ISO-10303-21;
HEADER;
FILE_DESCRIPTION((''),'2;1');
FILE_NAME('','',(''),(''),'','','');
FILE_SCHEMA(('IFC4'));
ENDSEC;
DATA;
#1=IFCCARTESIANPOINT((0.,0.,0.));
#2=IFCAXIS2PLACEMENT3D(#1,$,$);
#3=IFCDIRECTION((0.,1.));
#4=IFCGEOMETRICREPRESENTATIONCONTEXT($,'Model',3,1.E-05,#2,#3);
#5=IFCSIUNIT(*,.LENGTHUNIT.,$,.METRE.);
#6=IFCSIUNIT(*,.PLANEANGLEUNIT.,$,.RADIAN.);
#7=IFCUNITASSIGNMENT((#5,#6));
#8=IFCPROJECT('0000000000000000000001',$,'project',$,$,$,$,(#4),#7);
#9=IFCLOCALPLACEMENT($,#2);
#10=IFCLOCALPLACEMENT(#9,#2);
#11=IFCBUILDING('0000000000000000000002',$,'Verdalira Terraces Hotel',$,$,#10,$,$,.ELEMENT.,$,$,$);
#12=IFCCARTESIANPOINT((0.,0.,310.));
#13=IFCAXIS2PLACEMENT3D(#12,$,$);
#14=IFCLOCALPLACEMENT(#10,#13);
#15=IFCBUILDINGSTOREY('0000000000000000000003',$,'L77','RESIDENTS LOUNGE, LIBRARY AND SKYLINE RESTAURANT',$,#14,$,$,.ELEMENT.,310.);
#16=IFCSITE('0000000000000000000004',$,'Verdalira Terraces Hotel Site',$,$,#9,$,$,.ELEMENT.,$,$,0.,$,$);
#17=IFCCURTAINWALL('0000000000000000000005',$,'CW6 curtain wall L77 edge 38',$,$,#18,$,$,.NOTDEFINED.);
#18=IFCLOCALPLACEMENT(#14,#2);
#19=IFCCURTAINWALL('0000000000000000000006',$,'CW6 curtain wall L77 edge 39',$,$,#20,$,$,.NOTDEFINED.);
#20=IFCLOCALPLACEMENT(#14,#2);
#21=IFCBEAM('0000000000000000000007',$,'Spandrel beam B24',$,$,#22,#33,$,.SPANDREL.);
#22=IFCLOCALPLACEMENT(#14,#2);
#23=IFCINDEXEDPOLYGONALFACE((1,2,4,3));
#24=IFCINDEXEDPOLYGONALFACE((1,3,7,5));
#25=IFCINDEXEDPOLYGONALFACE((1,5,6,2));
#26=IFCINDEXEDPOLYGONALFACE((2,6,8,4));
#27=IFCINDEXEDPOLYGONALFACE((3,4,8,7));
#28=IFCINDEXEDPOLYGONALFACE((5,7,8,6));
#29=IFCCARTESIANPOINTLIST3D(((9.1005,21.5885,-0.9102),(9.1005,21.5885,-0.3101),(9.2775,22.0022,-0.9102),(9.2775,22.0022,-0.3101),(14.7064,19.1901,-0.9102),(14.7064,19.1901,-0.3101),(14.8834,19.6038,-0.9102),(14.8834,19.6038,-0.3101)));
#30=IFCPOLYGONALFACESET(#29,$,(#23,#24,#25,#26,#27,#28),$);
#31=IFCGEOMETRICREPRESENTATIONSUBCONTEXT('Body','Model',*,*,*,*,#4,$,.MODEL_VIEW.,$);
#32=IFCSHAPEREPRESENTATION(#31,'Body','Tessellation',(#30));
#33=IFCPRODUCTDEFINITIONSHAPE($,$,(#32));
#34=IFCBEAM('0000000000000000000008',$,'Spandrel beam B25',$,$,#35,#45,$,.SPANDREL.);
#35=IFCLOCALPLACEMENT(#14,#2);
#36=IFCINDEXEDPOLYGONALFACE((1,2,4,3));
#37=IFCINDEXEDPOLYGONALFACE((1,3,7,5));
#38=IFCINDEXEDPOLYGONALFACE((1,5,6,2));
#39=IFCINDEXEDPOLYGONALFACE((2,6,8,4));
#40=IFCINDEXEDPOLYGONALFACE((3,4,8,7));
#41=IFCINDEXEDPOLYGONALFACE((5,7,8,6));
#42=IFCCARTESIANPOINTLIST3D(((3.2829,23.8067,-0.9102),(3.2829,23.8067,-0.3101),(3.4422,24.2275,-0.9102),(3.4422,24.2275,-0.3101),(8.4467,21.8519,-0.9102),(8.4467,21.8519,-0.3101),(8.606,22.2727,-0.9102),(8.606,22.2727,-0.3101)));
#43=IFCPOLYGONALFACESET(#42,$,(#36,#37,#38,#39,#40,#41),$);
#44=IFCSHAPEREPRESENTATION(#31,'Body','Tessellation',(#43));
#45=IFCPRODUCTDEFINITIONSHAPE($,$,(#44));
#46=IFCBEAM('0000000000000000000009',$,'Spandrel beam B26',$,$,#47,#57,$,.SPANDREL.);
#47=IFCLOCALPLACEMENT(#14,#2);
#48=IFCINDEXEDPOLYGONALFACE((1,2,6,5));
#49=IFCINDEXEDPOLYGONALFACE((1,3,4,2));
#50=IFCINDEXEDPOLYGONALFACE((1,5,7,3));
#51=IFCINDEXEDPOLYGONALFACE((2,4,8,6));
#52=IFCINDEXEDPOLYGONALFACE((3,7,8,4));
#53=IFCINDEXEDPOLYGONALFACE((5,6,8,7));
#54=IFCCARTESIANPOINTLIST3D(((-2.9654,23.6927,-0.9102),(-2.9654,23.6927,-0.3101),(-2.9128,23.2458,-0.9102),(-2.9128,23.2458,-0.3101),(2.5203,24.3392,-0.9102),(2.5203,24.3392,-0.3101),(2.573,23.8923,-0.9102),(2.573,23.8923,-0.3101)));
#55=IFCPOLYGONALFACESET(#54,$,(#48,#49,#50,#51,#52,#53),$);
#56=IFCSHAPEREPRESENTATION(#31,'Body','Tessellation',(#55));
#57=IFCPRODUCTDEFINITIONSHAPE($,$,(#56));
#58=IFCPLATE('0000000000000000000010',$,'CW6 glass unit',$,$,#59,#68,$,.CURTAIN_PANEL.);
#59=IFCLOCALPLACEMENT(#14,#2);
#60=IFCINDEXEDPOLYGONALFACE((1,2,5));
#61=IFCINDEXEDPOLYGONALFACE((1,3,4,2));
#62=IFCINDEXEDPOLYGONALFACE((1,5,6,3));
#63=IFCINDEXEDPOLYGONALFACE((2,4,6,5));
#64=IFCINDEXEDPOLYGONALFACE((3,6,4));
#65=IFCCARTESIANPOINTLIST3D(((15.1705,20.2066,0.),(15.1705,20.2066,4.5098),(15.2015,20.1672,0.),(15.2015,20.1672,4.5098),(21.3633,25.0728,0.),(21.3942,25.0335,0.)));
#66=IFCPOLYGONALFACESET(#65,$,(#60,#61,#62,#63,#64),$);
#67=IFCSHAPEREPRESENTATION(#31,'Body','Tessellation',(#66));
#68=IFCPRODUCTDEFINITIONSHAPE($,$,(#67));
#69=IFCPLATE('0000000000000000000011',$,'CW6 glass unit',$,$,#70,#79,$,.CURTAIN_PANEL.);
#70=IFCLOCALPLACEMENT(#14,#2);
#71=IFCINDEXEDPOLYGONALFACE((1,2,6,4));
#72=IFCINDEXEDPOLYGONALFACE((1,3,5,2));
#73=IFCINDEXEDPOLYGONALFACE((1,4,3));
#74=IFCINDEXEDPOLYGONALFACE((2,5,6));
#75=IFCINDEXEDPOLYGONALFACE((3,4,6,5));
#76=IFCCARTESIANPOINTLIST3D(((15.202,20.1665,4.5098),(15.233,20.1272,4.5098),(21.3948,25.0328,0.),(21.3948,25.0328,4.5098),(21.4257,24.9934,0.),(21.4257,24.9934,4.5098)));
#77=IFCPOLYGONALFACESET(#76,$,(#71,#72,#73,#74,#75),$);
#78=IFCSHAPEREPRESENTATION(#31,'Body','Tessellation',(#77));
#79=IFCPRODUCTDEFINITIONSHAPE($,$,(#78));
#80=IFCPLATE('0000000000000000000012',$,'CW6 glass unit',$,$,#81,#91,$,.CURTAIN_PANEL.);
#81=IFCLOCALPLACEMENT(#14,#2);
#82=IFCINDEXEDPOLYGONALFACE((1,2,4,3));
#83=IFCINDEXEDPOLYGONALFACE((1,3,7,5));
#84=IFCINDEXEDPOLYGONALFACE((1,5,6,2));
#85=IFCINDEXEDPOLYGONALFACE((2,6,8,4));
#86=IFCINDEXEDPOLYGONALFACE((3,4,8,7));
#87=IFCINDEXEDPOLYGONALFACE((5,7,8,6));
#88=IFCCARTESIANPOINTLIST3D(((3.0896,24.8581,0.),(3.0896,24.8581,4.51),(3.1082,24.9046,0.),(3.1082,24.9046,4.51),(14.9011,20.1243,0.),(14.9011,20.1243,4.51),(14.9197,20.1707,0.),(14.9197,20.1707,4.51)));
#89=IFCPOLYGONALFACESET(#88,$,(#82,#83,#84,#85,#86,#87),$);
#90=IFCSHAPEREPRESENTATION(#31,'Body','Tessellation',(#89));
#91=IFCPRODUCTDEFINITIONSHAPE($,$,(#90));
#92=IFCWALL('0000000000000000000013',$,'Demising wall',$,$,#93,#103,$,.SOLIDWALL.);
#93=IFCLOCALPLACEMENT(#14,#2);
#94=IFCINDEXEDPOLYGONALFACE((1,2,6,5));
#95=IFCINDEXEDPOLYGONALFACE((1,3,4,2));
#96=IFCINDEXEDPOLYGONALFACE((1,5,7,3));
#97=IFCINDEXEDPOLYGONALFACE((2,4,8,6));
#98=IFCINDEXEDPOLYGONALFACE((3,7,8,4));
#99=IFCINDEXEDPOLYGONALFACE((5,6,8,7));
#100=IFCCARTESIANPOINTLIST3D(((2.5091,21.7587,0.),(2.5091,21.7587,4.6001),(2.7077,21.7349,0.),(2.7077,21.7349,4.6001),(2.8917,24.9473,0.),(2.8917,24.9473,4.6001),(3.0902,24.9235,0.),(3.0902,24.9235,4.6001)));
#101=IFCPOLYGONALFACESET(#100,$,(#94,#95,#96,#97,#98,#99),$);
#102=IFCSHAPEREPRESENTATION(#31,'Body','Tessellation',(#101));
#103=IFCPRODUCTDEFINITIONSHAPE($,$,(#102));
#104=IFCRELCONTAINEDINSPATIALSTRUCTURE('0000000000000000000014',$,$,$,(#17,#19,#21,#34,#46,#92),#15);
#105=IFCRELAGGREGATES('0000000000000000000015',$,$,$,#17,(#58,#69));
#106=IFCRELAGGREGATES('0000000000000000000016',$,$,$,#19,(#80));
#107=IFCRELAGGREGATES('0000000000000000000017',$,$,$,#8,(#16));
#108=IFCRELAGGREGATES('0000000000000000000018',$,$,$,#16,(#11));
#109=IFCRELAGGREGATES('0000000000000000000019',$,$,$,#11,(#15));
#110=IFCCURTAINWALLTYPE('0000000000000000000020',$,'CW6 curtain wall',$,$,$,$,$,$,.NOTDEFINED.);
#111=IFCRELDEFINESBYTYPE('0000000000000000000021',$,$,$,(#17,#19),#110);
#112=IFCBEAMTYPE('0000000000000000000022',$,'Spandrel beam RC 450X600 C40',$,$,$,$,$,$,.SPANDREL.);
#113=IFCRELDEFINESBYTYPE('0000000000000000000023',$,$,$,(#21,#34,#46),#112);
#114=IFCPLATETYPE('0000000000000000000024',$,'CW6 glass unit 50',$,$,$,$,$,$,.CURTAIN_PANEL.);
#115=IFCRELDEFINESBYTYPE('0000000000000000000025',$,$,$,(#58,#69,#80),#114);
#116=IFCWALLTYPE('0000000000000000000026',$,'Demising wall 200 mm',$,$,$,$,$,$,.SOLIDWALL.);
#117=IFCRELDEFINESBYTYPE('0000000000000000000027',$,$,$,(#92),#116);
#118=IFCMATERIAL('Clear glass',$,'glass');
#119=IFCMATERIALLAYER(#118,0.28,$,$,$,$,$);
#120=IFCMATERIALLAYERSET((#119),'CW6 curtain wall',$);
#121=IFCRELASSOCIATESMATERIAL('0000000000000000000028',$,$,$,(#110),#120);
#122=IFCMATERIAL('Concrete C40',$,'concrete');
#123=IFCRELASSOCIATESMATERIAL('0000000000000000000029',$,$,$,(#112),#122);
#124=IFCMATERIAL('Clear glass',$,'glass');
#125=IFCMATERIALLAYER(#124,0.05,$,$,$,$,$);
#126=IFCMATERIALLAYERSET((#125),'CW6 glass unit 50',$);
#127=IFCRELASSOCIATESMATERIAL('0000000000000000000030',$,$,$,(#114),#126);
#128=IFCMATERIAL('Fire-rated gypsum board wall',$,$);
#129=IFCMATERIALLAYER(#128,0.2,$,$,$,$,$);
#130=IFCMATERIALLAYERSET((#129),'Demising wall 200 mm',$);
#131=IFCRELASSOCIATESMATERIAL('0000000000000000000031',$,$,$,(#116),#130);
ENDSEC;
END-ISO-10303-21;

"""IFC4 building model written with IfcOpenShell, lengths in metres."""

from ifc_helpers import new_model, si_unit, direction, frame, frame_2d, origin, origin_2d, place, context, subcontext, project, spatial, polyline, rectangle, outline, extrude, material, layer, layer_set, material_profile, profile_set, type_object, element, aggregate, save


model = new_model("IFC4")

# Units and contexts
model_context = context("Model", 3, precision=1e-05, world=origin(), true_north=direction((0.0, 1.0)))
body_context = subcontext(model_context, "Body", "Model", "MODEL_VIEW")
ifc_project = project(units=[si_unit("LENGTHUNIT", "METRE"), si_unit("PLANEANGLEUNIT", "RADIAN")], contexts=[model_context])

# Site, building, storey
site_placement = place(None, origin())
site = spatial("IfcSite", under=ifc_project, at=site_placement, Name="Verdalira Terraces Hotel Site", CompositionType="ELEMENT", RefElevation=0.0)
building_placement = place(site_placement, origin())
building = spatial("IfcBuilding", under=site, at=building_placement, Name="Verdalira Terraces Hotel", CompositionType="ELEMENT")
storey_placement = place(building_placement, frame((0.0, 0.0, 310.0)))
storey = spatial("IfcBuildingStorey", under=building, at=storey_placement, Name="L77", Description="RESIDENTS LOUNGE, LIBRARY AND SKYLINE RESTAURANT", CompositionType="ELEMENT", Elevation=310.0)

# Curtain walls
ifc_material_1 = material(Name="Clear glass", Category="glass")
ifc_layer_1 = layer(ifc_material_1, 0.28)
ifc_layer_set_1 = layer_set([ifc_layer_1], Name="CW6 curtain wall")
curtain_wall_type = type_object("IfcCurtainWallType", Name="CW6 curtain wall", PredefinedType="NOTDEFINED", material=ifc_layer_set_1)
curtain_wall_1_placement = place(storey_placement, origin())
curtain_wall_1 = element("IfcCurtainWall", 1, at=curtain_wall_1_placement, inside=storey, type_object=curtain_wall_type, Name="CW6 curtain wall L77 edge 38", PredefinedType="NOTDEFINED")
curtain_wall_2_placement = place(storey_placement, origin())
curtain_wall_2 = element("IfcCurtainWall", 2, at=curtain_wall_2_placement, inside=storey, type_object=curtain_wall_type, Name="CW6 curtain wall L77 edge 39", PredefinedType="NOTDEFINED")

# Beams
ifc_material_2 = material(Name="Concrete C40", Category="concrete")
ifc_material_profile_1 = material_profile(ifc_material_2, rectangle(XDim=0.45, YDim=0.6001, at=origin_2d()), Name="RC 450X600")
ifc_profile_set_1 = profile_set([ifc_material_profile_1], Name="Concrete C40")
beam_type = type_object("IfcBeamType", Name="Spandrel beam RC 450X600 C40", PredefinedType="SPANDREL", material=ifc_profile_set_1)
beam_1_placement = place(storey_placement, frame((14.7949, 19.397, -0.6101), z_axis=(-0.919389, 0.393349, 0.0), x_axis=(-0.393349, -0.919389, 0.0)))
element("IfcBeam", 3, at=beam_1_placement, inside=storey, type_object=beam_type, Name="Spandrel beam B24", PredefinedType="SPANDREL", context=body_context, shape_type="SweptSolid", body=[
    extrude(rectangle(XDim=0.45, YDim=0.6001, at=origin_2d()), origin(), (0.0, 0.0, 1.0), 6.0974),
])
beam_2_placement = place(storey_placement, frame((8.5264, 22.0623, -0.6101), z_axis=(-0.935229, 0.354044, 0.0), x_axis=(-0.354044, -0.935229, 0.0)))
element("IfcBeam", 4, at=beam_2_placement, inside=storey, type_object=beam_type, Name="Spandrel beam B25", PredefinedType="SPANDREL", context=body_context, shape_type="SweptSolid", body=[
    extrude(rectangle(XDim=0.45, YDim=0.6001, at=origin_2d()), origin(), (0.0, 0.0, 1.0), 5.5215),
])
beam_3_placement = place(storey_placement, frame((2.5466, 24.1157, -0.6101), z_axis=(-0.993128, -0.117036, 0.0), x_axis=(0.117036, -0.993128, 0.0)))
element("IfcBeam", 5, at=beam_3_placement, inside=storey, type_object=beam_type, Name="Spandrel beam B26", PredefinedType="SPANDREL", context=body_context, shape_type="SweptSolid", body=[
    extrude(rectangle(XDim=0.45, YDim=0.6001, at=origin_2d()), origin(), (0.0, 0.0, 1.0), 5.5237),
])

# Plates
ifc_material_3 = material(Name="Clear glass", Category="glass")
ifc_layer_2 = layer(ifc_material_3, 0.05)
ifc_layer_set_2 = layer_set([ifc_layer_2], Name="CW6 glass unit 50")
plate_type = type_object("IfcPlateType", Name="CW6 glass unit 50", PredefinedType="CURTAIN_PANEL", material=ifc_layer_set_2)
plate_1_placement = place(storey_placement, frame((18.2979, 22.6003, 2.2549), z_axis=(-0.61786, 0.786288, 0.0), x_axis=(-0.786288, -0.61786, 0.0)))
plate_1 = element("IfcPlate", 6, at=plate_1_placement, type_object=plate_type, Name="CW6 glass unit", PredefinedType="CURTAIN_PANEL", context=body_context, shape_type="SweptSolid", body=[
    extrude(outline(polyline([(-3.938, -2.2549), (3.938, -2.2549), (3.938, 2.2549), (-3.938, -2.2549)])), origin(), (0.0, 0.0, 1.0), 0.05),
])
plate_2_placement = place(storey_placement, frame((18.3293, 22.5603, 2.2549), z_axis=(-0.61786, 0.786288, 0.0), x_axis=(-0.786288, -0.61786, 0.0)))
plate_2 = element("IfcPlate", 7, at=plate_2_placement, type_object=plate_type, Name="CW6 glass unit", PredefinedType="CURTAIN_PANEL", context=body_context, shape_type="SweptSolid", body=[
    extrude(outline(polyline([(-3.938, -2.2549), (3.938, 2.2549), (-3.938, 2.2549), (-3.938, -2.2549)])), origin(), (0.0, 0.0, 1.0), 0.05),
])
aggregate(curtain_wall_1, [plate_1, plate_2])
plate_3_placement = place(storey_placement, frame((9.0046, 22.5144, 0.0), z_axis=(0.0, 0.0, 1.0), x_axis=(-0.928226, 0.372016, 0.0)))
plate_3 = element("IfcPlate", 8, at=plate_3_placement, type_object=plate_type, Name="CW6 glass unit", PredefinedType="CURTAIN_PANEL", context=body_context, shape_type="SweptSolid", body=[
    extrude(rectangle(XDim=12.7249, YDim=0.05, at=origin_2d()), origin(), (0.0, 0.0, 1.0), 4.51),
])
aggregate(curtain_wall_2, [plate_3])

# Wall
ifc_material_4 = material(Name="Fire-rated gypsum board wall")
ifc_layer_3 = layer(ifc_material_4, 0.2)
ifc_layer_set_3 = layer_set([ifc_layer_3], Name="Demising wall 200 mm")
wall_type = type_object("IfcWallType", Name="Demising wall 200 mm", PredefinedType="SOLIDWALL", material=ifc_layer_set_3)
wall_placement = place(storey_placement, frame((2.6084, 21.7468, 0.0), z_axis=(0.0, 0.0, 1.0), x_axis=(0.11913, 0.992879, 0.0)))
element("IfcWall", 9, at=wall_placement, inside=storey, type_object=wall_type, Name="Demising wall", PredefinedType="SOLIDWALL", context=body_context, shape_type="SweptSolid", body=[
    extrude(rectangle(XDim=3.2114, YDim=0.2, at=frame_2d((1.6057, 0.0))), origin(), (0.0, 0.0, 1.0), 4.6001),
])

save(model, "model.ifc")
